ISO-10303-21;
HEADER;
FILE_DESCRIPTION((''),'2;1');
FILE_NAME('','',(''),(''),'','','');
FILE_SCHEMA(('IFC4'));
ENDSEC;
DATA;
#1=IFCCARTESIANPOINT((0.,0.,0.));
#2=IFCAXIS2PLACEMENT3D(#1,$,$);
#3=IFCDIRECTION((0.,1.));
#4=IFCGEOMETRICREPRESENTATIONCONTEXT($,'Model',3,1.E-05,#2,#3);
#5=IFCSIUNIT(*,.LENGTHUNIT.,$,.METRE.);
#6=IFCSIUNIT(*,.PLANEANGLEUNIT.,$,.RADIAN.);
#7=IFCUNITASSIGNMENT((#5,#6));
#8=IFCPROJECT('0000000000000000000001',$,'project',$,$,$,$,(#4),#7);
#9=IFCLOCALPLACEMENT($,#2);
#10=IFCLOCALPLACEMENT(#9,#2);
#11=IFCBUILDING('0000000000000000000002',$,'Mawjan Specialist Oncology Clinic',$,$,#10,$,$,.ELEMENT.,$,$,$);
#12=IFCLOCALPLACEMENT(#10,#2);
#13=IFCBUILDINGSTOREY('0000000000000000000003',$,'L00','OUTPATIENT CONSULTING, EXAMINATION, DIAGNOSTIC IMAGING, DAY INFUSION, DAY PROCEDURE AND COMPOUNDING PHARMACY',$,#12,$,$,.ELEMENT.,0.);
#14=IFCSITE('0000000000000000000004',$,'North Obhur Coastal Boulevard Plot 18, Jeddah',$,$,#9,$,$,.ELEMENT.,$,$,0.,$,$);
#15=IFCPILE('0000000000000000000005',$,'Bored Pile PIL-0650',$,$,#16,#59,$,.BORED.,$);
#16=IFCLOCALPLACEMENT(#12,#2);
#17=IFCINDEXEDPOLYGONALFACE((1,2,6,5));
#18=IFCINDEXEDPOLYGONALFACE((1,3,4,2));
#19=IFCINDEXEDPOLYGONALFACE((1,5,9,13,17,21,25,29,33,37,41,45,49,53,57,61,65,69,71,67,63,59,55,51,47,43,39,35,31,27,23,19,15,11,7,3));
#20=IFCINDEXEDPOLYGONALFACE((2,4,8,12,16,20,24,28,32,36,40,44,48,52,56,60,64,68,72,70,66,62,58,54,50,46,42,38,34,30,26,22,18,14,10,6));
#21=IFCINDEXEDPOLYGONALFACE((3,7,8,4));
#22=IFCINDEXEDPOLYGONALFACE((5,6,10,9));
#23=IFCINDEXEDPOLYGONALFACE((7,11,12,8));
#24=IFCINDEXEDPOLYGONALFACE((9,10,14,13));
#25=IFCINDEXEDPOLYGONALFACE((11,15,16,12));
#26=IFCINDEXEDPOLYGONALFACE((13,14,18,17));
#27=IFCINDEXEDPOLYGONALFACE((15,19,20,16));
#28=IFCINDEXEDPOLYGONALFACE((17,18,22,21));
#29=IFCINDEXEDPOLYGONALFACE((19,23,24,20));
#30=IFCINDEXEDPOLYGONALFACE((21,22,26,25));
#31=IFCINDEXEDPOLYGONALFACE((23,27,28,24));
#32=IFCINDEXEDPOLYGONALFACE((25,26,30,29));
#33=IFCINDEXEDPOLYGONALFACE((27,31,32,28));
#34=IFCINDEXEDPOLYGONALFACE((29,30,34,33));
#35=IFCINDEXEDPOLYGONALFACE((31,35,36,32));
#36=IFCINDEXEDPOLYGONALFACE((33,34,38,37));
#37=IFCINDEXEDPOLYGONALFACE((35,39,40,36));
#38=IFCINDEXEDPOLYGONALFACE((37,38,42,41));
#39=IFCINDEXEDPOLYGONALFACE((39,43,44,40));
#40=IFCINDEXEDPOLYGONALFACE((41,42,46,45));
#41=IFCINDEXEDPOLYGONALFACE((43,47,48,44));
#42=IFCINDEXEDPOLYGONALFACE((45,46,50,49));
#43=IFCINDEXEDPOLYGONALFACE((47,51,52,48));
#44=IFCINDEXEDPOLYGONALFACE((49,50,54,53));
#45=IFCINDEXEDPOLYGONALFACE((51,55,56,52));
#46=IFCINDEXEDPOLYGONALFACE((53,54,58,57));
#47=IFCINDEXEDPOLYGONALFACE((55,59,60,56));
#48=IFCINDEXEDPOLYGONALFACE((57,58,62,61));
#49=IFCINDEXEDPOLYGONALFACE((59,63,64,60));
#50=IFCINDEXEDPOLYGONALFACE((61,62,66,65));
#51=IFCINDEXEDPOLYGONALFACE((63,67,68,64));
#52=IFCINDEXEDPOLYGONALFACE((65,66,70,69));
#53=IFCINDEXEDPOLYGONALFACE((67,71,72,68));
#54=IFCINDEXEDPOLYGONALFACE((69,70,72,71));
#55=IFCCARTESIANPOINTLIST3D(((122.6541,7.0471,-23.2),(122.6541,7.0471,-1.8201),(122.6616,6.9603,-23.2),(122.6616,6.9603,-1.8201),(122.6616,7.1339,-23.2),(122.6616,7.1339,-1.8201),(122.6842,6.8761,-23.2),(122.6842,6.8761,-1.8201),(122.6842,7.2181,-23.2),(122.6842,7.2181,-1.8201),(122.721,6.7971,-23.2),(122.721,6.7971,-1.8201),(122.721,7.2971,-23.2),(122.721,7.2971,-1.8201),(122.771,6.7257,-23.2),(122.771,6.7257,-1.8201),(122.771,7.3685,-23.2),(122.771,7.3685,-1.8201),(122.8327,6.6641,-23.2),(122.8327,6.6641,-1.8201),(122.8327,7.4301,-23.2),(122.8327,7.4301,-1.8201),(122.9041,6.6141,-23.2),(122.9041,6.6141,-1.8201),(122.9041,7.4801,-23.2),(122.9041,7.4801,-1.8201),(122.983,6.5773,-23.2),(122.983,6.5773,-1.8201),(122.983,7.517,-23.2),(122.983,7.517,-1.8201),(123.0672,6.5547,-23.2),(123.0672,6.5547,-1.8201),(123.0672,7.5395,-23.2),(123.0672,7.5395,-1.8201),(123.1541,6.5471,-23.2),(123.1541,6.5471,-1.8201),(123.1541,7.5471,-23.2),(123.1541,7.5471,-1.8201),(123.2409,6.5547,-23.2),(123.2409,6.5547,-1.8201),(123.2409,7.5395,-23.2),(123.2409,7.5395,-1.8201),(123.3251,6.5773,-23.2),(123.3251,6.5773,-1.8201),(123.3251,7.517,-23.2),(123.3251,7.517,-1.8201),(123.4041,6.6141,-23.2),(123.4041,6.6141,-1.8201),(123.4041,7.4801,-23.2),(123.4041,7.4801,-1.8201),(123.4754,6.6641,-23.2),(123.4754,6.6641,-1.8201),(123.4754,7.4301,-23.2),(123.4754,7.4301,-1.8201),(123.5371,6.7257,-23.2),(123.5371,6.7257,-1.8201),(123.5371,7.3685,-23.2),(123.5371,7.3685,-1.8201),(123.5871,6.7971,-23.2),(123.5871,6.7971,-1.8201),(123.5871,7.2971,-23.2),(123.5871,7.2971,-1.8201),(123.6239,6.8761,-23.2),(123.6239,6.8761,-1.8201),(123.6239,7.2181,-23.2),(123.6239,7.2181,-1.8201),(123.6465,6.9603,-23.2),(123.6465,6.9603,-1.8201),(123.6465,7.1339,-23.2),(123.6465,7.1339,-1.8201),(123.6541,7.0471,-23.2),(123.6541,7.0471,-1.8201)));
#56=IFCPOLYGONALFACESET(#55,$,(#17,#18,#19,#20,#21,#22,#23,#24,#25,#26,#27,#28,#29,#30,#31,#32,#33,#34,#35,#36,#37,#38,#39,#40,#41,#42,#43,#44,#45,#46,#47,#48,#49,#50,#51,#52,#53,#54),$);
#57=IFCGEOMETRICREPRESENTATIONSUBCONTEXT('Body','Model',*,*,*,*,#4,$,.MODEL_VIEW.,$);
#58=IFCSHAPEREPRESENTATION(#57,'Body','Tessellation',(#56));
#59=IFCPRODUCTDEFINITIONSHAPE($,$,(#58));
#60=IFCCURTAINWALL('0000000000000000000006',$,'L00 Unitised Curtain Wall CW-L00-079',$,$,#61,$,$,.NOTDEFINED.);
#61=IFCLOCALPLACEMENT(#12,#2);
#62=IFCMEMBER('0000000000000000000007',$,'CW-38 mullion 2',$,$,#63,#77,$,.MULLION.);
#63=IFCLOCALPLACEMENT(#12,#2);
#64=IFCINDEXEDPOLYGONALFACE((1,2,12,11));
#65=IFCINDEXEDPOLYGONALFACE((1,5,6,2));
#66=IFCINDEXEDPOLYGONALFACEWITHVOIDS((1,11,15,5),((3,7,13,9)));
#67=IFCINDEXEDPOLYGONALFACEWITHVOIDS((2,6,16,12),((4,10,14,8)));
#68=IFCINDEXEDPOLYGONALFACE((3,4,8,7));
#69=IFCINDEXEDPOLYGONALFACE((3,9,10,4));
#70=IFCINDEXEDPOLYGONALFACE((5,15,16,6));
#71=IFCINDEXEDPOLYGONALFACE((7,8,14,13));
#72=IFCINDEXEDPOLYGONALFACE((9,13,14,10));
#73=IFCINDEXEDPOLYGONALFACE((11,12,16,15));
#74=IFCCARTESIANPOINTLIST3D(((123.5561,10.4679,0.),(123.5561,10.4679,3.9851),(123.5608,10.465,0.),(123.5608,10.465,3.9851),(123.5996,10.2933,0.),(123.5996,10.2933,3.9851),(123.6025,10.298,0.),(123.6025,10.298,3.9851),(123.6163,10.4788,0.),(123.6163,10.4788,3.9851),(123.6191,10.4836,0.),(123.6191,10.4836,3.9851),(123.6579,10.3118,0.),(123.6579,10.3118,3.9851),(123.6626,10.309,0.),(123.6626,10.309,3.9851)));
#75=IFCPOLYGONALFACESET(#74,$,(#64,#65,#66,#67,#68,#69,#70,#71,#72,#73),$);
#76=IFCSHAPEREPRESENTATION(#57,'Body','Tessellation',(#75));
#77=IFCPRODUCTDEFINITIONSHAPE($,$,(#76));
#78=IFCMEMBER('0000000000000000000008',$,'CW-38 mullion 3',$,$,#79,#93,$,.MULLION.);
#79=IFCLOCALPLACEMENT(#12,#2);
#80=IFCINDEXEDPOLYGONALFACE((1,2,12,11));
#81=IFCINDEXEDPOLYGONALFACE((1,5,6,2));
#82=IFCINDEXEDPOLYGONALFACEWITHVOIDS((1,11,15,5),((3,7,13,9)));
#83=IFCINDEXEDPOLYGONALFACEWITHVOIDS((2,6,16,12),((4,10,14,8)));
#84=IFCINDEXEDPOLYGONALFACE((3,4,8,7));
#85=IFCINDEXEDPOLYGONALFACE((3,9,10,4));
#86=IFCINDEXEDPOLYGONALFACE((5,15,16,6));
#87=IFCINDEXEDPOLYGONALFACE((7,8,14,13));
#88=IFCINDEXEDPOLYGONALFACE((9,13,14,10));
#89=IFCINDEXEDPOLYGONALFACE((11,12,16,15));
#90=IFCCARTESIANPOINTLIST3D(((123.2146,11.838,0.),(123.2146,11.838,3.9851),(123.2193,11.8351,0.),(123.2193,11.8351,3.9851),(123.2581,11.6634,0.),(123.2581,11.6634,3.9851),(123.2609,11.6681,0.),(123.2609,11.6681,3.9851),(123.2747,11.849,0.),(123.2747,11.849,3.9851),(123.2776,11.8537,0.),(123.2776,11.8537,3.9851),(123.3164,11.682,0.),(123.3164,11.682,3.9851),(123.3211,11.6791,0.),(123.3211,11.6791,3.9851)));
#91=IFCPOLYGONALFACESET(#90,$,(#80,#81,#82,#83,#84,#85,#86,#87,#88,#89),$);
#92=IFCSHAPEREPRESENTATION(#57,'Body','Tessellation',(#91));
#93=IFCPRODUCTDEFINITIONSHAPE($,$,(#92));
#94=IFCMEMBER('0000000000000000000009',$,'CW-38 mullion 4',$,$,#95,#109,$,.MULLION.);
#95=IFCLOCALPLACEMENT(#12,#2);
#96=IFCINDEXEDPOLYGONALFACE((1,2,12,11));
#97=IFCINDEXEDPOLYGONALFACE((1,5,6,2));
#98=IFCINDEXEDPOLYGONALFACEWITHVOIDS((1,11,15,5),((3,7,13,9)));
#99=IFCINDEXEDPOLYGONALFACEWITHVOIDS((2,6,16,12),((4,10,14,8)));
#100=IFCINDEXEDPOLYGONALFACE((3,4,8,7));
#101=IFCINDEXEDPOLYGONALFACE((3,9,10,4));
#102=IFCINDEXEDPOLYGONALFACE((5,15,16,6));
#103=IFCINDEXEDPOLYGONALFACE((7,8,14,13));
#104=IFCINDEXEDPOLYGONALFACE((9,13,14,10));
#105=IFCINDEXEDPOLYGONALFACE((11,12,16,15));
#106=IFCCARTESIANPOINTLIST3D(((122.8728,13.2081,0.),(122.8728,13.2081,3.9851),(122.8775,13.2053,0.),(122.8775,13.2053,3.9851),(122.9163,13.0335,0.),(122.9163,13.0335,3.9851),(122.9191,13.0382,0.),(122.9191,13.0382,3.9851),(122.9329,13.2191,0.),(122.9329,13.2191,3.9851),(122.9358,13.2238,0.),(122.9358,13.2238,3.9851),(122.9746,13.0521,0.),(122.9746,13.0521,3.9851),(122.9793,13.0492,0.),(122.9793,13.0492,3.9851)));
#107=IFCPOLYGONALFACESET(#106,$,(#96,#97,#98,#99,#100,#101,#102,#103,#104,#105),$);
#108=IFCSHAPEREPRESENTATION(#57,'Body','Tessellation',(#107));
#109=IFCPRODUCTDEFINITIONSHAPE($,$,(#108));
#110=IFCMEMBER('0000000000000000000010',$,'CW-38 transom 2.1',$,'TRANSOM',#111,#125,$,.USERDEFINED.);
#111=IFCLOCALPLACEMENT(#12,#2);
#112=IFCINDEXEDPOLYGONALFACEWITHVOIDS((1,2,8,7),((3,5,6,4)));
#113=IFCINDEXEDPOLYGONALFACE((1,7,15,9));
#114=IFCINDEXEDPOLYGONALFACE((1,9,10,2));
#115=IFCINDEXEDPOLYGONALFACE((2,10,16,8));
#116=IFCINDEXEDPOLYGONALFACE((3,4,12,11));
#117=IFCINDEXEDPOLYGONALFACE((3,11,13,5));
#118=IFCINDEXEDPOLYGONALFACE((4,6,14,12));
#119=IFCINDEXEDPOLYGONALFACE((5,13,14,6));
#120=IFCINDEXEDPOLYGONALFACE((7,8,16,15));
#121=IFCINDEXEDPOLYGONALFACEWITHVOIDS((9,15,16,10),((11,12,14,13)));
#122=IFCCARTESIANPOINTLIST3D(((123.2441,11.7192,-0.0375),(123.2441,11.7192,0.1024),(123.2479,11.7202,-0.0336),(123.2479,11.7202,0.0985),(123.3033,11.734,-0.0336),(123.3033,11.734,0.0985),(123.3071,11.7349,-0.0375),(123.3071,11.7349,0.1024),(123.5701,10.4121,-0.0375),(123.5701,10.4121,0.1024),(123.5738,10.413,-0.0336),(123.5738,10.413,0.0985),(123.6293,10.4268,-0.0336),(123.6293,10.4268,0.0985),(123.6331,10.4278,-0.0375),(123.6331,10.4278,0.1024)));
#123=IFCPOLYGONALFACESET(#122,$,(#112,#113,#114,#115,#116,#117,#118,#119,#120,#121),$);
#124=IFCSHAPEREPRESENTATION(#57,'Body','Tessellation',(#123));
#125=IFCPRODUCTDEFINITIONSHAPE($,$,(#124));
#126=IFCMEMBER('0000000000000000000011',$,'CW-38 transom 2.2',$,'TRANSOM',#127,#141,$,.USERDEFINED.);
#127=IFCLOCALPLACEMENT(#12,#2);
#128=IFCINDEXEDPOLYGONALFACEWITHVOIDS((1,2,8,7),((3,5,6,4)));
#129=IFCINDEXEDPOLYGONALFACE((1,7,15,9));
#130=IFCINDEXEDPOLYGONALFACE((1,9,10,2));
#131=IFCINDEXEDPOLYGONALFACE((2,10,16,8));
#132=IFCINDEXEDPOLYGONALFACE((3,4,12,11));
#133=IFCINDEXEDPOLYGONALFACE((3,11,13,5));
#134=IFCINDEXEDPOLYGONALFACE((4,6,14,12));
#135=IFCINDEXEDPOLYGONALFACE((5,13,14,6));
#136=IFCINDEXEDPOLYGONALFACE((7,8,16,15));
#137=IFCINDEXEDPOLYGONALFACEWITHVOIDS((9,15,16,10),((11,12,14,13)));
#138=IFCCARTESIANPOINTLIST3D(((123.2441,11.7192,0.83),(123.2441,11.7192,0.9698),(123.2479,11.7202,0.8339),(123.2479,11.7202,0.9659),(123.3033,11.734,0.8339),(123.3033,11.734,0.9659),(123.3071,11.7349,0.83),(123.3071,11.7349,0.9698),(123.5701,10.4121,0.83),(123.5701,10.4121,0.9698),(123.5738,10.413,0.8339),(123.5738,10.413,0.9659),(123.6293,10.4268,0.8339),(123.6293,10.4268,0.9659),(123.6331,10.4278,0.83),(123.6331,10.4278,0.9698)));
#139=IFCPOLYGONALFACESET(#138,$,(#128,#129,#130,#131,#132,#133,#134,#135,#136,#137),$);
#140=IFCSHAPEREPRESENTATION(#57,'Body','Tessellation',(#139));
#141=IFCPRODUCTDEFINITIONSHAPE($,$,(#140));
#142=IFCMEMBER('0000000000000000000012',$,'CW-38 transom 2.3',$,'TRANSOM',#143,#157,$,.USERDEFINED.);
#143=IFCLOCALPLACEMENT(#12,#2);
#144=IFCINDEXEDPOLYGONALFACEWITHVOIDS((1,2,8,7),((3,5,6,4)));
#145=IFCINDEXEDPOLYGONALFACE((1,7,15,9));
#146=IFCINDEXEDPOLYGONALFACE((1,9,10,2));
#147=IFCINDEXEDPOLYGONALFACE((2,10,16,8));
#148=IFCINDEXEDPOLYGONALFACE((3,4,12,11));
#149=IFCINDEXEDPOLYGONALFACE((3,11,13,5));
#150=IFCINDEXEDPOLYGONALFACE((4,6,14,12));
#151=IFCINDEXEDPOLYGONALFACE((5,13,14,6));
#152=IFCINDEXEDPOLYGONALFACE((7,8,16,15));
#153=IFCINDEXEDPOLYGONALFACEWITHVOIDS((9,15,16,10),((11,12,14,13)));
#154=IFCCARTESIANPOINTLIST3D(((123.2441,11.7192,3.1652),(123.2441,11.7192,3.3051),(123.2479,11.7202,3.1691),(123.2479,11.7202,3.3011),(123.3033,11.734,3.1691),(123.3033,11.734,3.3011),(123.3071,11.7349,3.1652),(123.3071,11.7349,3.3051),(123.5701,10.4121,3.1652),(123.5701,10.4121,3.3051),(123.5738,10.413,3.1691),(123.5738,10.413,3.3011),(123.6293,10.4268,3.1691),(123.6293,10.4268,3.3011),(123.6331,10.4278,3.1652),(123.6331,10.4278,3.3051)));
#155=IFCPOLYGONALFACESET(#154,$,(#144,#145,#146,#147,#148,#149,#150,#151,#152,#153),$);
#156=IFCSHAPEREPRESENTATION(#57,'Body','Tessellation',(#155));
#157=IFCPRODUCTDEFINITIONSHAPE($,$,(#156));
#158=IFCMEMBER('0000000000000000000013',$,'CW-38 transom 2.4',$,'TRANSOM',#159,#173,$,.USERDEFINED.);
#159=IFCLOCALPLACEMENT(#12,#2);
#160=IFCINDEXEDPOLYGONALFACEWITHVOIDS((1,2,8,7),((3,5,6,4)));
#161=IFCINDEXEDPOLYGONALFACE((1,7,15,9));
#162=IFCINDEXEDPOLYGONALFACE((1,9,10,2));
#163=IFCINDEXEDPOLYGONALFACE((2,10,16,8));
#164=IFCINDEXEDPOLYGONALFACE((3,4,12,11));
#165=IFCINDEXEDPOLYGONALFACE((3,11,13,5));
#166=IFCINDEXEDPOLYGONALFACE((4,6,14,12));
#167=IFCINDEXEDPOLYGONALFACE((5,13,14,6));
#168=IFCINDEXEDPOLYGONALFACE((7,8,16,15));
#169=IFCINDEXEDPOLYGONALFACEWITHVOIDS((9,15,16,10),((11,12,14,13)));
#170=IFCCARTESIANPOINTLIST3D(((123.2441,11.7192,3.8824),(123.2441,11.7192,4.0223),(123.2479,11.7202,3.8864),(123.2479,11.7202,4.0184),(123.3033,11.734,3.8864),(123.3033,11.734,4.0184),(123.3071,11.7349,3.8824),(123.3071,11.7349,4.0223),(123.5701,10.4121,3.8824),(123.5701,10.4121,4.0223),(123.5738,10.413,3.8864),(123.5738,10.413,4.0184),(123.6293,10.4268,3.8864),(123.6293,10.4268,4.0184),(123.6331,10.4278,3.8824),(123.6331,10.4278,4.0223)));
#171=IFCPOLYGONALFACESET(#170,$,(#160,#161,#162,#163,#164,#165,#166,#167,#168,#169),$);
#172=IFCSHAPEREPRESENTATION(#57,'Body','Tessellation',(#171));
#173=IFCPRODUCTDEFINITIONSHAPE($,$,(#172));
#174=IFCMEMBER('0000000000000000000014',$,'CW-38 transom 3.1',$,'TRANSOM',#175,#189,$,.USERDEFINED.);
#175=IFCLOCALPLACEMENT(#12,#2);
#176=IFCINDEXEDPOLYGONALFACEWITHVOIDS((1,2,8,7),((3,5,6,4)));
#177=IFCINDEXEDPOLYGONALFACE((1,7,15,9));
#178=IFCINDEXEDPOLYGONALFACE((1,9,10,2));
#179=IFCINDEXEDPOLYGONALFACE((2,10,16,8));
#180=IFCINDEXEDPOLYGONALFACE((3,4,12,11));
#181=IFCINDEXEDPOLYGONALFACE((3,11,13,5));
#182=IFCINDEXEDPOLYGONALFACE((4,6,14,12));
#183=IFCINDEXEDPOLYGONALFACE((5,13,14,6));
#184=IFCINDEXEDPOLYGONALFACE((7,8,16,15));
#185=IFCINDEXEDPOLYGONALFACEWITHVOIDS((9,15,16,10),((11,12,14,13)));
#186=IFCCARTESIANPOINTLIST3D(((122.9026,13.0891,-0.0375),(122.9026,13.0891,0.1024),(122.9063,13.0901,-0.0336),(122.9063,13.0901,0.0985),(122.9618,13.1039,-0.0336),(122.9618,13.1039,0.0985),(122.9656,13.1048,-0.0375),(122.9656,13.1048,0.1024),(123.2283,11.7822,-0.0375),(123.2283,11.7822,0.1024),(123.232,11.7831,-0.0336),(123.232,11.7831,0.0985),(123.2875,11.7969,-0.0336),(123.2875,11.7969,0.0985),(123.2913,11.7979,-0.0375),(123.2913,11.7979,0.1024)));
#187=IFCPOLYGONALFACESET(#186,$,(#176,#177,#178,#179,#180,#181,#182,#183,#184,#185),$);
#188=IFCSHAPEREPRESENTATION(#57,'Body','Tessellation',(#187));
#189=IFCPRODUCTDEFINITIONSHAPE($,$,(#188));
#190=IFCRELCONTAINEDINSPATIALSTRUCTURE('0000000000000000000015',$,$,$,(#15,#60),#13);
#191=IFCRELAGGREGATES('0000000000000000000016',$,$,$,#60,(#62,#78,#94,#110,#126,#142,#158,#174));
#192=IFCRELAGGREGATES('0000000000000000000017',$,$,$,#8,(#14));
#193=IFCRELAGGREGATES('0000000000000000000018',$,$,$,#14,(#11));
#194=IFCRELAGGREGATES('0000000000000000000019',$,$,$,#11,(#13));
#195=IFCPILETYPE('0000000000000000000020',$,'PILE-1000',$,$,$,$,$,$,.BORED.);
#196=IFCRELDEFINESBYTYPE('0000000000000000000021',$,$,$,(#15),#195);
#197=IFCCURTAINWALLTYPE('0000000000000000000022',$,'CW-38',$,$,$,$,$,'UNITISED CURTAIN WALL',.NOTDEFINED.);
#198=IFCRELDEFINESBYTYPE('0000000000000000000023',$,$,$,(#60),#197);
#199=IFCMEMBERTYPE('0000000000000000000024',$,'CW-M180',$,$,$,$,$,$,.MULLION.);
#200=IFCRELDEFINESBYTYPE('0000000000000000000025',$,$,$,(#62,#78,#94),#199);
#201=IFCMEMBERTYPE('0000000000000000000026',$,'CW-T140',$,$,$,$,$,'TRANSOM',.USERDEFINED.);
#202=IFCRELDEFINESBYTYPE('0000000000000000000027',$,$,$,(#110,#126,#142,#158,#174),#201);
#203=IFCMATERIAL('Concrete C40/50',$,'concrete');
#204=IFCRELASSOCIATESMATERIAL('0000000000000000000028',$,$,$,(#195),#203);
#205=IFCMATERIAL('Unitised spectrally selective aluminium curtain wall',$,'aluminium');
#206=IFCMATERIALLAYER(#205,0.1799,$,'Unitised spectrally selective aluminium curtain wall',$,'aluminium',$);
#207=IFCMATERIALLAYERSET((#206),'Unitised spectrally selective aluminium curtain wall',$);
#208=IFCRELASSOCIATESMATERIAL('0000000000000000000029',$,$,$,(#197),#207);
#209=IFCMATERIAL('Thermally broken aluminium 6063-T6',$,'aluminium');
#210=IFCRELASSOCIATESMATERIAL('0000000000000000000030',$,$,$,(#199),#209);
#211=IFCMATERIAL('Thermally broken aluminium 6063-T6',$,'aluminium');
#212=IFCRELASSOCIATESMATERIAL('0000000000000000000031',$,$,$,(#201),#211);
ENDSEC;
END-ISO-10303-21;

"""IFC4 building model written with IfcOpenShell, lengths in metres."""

from ifc_helpers import new_model, si_unit, direction, frame, origin, origin_2d, place, context, subcontext, project, spatial, hollow_rectangle, circle, extrude, material, layer, layer_set, material_profile, profile_set, type_object, element, aggregate, save


model = new_model("IFC4")

# Units and contexts
model_context = context("Model", 3, precision=1e-05, world=origin(), true_north=direction((0.0, 1.0)))
body_context = subcontext(model_context, "Body", "Model", "MODEL_VIEW")
ifc_project = project(units=[si_unit("LENGTHUNIT", "METRE"), si_unit("PLANEANGLEUNIT", "RADIAN")], contexts=[model_context])

# Site, building, storey
site_placement = place(None, origin())
site = spatial("IfcSite", under=ifc_project, at=site_placement, Name="North Obhur Coastal Boulevard Plot 18, Jeddah", CompositionType="ELEMENT", RefElevation=0.0)
building_placement = place(site_placement, origin())
building = spatial("IfcBuilding", under=site, at=building_placement, Name="Mawjan Specialist Oncology Clinic", CompositionType="ELEMENT")
storey_placement = place(building_placement, origin())
storey = spatial("IfcBuildingStorey", under=building, at=storey_placement, Name="L00", Description="OUTPATIENT CONSULTING, EXAMINATION, DIAGNOSTIC IMAGING, DAY INFUSION, DAY PROCEDURE AND COMPOUNDING PHARMACY", CompositionType="ELEMENT", Elevation=0.0)

# Pile
ifc_material_1 = material(Name="Concrete C40/50", Category="concrete")
ifc_material_profile_1 = material_profile(ifc_material_1, circle(Radius=0.5, at=origin_2d()), Name="BORED PILE D1000", Category="concrete")
ifc_profile_set_1 = profile_set([ifc_material_profile_1], Name="Concrete C40/50")
pile_type = type_object("IfcPileType", Name="PILE-1000", PredefinedType="BORED", material=ifc_profile_set_1)
pile_placement = place(storey_placement, frame((123.1541, 7.0471, -1.8201), z_axis=(0.0, 0.0, -1.0), x_axis=(1.0, 0.0, 0.0)))
element("IfcPile", 1, at=pile_placement, inside=storey, type_object=pile_type, Name="Bored Pile PIL-0650", PredefinedType="BORED", context=body_context, shape_type="SweptSolid", body=[
    extrude(circle(Radius=0.5, at=origin_2d()), origin(), (0.0, 0.0, 1.0), 21.3799),
])

# Curtain wall, members
ifc_material_2 = material(Name="Unitised spectrally selective aluminium curtain wall", Category="aluminium")
ifc_layer_1 = layer(ifc_material_2, 0.1799, Name="Unitised spectrally selective aluminium curtain wall", Category="aluminium")
ifc_layer_set_1 = layer_set([ifc_layer_1], Name="Unitised spectrally selective aluminium curtain wall")
curtain_wall_type = type_object("IfcCurtainWallType", Name="CW-38", ElementType="UNITISED CURTAIN WALL", PredefinedType="NOTDEFINED", material=ifc_layer_set_1)
curtain_wall_placement = place(storey_placement, origin())
curtain_wall = element("IfcCurtainWall", 2, at=curtain_wall_placement, inside=storey, type_object=curtain_wall_type, Name="L00 Unitised Curtain Wall CW-L00-079", PredefinedType="NOTDEFINED")
ifc_material_3 = material(Name="Thermally broken aluminium 6063-T6", Category="aluminium")
ifc_material_profile_2 = material_profile(ifc_material_3, hollow_rectangle(XDim=0.0649, YDim=0.1799, WallThickness=0.0039, at=origin_2d()), Name="ALU MULLION 180x65x4", Category="aluminium")
ifc_profile_set_2 = profile_set([ifc_material_profile_2], Name="Thermally broken aluminium 6063-T6")
member_type_1 = type_object("IfcMemberType", Name="CW-M180", PredefinedType="MULLION", material=ifc_profile_set_2)
member_1_placement = place(storey_placement, frame((123.6094, 10.3884, 0.0), z_axis=(0.0, 0.0, 1.0), x_axis=(-0.970296, -0.241922, 0.0)))
member_1 = element("IfcMember", 3, at=member_1_placement, type_object=member_type_1, Name="CW-38 mullion 2", PredefinedType="MULLION", context=body_context, shape_type="SweptSolid", body=[
    extrude(hollow_rectangle(XDim=0.0649, YDim=0.1799, WallThickness=0.0039, at=origin_2d()), origin(), (0.0, 0.0, 1.0), 3.9851),
])
member_2_placement = place(storey_placement, frame((123.2678, 11.7585, 0.0), z_axis=(0.0, 0.0, 1.0), x_axis=(-0.970296, -0.241922, 0.0)))
member_2 = element("IfcMember", 4, at=member_2_placement, type_object=member_type_1, Name="CW-38 mullion 3", PredefinedType="MULLION", context=body_context, shape_type="SweptSolid", body=[
    extrude(hollow_rectangle(XDim=0.0649, YDim=0.1799, WallThickness=0.0039, at=origin_2d()), origin(), (0.0, 0.0, 1.0), 3.9851),
])
member_3_placement = place(storey_placement, frame((122.926, 13.1287, 0.0), z_axis=(0.0, 0.0, 1.0), x_axis=(-0.970296, -0.241922, 0.0)))
member_3 = element("IfcMember", 5, at=member_3_placement, type_object=member_type_1, Name="CW-38 mullion 4", PredefinedType="MULLION", context=body_context, shape_type="SweptSolid", body=[
    extrude(hollow_rectangle(XDim=0.0649, YDim=0.1799, WallThickness=0.0039, at=origin_2d()), origin(), (0.0, 0.0, 1.0), 3.9851),
])
ifc_material_4 = material(Name="Thermally broken aluminium 6063-T6", Category="aluminium")
ifc_material_profile_3 = material_profile(ifc_material_4, hollow_rectangle(XDim=0.0649, YDim=0.1399, WallThickness=0.0039, at=origin_2d()), Name="ALU TRANSOM 140x65x4", Category="aluminium")
ifc_profile_set_3 = profile_set([ifc_material_profile_3], Name="Thermally broken aluminium 6063-T6")
member_type_2 = type_object("IfcMemberType", Name="CW-T140", ElementType="TRANSOM", PredefinedType="USERDEFINED", material=ifc_profile_set_3)
member_4_placement = place(storey_placement, frame((123.6016, 10.4199, 0.0325), z_axis=(-0.241939, 0.970292, 0.0), x_axis=(-0.970292, -0.241939, 0.0)))
member_4 = element("IfcMember", 6, at=member_4_placement, type_object=member_type_2, Name="CW-38 transom 2.1", ObjectType="TRANSOM", PredefinedType="USERDEFINED", context=body_context, shape_type="SweptSolid", body=[
    extrude(hollow_rectangle(XDim=0.0649, YDim=0.1399, WallThickness=0.0039, at=origin_2d()), origin(), (0.0, 0.0, 1.0), 1.3472),
])
member_5_placement = place(storey_placement, frame((123.6016, 10.4199, 0.8999), z_axis=(-0.241939, 0.970292, 0.0), x_axis=(-0.970292, -0.241939, 0.0)))
member_5 = element("IfcMember", 7, at=member_5_placement, type_object=member_type_2, Name="CW-38 transom 2.2", ObjectType="TRANSOM", PredefinedType="USERDEFINED", context=body_context, shape_type="SweptSolid", body=[
    extrude(hollow_rectangle(XDim=0.0649, YDim=0.1399, WallThickness=0.0039, at=origin_2d()), origin(), (0.0, 0.0, 1.0), 1.3472),
])
member_6_placement = place(storey_placement, frame((123.6016, 10.4199, 3.2351), z_axis=(-0.241939, 0.970292, 0.0), x_axis=(-0.970292, -0.241939, 0.0)))
member_6 = element("IfcMember", 8, at=member_6_placement, type_object=member_type_2, Name="CW-38 transom 2.3", ObjectType="TRANSOM", PredefinedType="USERDEFINED", context=body_context, shape_type="SweptSolid", body=[
    extrude(hollow_rectangle(XDim=0.0649, YDim=0.1399, WallThickness=0.0039, at=origin_2d()), origin(), (0.0, 0.0, 1.0), 1.3472),
])
member_7_placement = place(storey_placement, frame((123.6016, 10.4199, 3.9524), z_axis=(-0.241939, 0.970292, 0.0), x_axis=(-0.970292, -0.241939, 0.0)))
member_7 = element("IfcMember", 9, at=member_7_placement, type_object=member_type_2, Name="CW-38 transom 2.4", ObjectType="TRANSOM", PredefinedType="USERDEFINED", context=body_context, shape_type="SweptSolid", body=[
    extrude(hollow_rectangle(XDim=0.0649, YDim=0.1399, WallThickness=0.0039, at=origin_2d()), origin(), (0.0, 0.0, 1.0), 1.3472),
])
member_8_placement = place(storey_placement, frame((123.2598, 11.79, 0.0325), z_axis=(-0.24181, 0.970323, 0.0), x_axis=(-0.970323, -0.24181, 0.0)))
member_8 = element("IfcMember", 10, at=member_8_placement, type_object=member_type_2, Name="CW-38 transom 3.1", ObjectType="TRANSOM", PredefinedType="USERDEFINED", context=body_context, shape_type="SweptSolid", body=[
    extrude(hollow_rectangle(XDim=0.0649, YDim=0.1399, WallThickness=0.0039, at=origin_2d()), origin(), (0.0, 0.0, 1.0), 1.3469),
])
aggregate(curtain_wall, [member_1, member_2, member_3, member_4, member_5, member_6, member_7, member_8])

save(model, "model.ifc")
